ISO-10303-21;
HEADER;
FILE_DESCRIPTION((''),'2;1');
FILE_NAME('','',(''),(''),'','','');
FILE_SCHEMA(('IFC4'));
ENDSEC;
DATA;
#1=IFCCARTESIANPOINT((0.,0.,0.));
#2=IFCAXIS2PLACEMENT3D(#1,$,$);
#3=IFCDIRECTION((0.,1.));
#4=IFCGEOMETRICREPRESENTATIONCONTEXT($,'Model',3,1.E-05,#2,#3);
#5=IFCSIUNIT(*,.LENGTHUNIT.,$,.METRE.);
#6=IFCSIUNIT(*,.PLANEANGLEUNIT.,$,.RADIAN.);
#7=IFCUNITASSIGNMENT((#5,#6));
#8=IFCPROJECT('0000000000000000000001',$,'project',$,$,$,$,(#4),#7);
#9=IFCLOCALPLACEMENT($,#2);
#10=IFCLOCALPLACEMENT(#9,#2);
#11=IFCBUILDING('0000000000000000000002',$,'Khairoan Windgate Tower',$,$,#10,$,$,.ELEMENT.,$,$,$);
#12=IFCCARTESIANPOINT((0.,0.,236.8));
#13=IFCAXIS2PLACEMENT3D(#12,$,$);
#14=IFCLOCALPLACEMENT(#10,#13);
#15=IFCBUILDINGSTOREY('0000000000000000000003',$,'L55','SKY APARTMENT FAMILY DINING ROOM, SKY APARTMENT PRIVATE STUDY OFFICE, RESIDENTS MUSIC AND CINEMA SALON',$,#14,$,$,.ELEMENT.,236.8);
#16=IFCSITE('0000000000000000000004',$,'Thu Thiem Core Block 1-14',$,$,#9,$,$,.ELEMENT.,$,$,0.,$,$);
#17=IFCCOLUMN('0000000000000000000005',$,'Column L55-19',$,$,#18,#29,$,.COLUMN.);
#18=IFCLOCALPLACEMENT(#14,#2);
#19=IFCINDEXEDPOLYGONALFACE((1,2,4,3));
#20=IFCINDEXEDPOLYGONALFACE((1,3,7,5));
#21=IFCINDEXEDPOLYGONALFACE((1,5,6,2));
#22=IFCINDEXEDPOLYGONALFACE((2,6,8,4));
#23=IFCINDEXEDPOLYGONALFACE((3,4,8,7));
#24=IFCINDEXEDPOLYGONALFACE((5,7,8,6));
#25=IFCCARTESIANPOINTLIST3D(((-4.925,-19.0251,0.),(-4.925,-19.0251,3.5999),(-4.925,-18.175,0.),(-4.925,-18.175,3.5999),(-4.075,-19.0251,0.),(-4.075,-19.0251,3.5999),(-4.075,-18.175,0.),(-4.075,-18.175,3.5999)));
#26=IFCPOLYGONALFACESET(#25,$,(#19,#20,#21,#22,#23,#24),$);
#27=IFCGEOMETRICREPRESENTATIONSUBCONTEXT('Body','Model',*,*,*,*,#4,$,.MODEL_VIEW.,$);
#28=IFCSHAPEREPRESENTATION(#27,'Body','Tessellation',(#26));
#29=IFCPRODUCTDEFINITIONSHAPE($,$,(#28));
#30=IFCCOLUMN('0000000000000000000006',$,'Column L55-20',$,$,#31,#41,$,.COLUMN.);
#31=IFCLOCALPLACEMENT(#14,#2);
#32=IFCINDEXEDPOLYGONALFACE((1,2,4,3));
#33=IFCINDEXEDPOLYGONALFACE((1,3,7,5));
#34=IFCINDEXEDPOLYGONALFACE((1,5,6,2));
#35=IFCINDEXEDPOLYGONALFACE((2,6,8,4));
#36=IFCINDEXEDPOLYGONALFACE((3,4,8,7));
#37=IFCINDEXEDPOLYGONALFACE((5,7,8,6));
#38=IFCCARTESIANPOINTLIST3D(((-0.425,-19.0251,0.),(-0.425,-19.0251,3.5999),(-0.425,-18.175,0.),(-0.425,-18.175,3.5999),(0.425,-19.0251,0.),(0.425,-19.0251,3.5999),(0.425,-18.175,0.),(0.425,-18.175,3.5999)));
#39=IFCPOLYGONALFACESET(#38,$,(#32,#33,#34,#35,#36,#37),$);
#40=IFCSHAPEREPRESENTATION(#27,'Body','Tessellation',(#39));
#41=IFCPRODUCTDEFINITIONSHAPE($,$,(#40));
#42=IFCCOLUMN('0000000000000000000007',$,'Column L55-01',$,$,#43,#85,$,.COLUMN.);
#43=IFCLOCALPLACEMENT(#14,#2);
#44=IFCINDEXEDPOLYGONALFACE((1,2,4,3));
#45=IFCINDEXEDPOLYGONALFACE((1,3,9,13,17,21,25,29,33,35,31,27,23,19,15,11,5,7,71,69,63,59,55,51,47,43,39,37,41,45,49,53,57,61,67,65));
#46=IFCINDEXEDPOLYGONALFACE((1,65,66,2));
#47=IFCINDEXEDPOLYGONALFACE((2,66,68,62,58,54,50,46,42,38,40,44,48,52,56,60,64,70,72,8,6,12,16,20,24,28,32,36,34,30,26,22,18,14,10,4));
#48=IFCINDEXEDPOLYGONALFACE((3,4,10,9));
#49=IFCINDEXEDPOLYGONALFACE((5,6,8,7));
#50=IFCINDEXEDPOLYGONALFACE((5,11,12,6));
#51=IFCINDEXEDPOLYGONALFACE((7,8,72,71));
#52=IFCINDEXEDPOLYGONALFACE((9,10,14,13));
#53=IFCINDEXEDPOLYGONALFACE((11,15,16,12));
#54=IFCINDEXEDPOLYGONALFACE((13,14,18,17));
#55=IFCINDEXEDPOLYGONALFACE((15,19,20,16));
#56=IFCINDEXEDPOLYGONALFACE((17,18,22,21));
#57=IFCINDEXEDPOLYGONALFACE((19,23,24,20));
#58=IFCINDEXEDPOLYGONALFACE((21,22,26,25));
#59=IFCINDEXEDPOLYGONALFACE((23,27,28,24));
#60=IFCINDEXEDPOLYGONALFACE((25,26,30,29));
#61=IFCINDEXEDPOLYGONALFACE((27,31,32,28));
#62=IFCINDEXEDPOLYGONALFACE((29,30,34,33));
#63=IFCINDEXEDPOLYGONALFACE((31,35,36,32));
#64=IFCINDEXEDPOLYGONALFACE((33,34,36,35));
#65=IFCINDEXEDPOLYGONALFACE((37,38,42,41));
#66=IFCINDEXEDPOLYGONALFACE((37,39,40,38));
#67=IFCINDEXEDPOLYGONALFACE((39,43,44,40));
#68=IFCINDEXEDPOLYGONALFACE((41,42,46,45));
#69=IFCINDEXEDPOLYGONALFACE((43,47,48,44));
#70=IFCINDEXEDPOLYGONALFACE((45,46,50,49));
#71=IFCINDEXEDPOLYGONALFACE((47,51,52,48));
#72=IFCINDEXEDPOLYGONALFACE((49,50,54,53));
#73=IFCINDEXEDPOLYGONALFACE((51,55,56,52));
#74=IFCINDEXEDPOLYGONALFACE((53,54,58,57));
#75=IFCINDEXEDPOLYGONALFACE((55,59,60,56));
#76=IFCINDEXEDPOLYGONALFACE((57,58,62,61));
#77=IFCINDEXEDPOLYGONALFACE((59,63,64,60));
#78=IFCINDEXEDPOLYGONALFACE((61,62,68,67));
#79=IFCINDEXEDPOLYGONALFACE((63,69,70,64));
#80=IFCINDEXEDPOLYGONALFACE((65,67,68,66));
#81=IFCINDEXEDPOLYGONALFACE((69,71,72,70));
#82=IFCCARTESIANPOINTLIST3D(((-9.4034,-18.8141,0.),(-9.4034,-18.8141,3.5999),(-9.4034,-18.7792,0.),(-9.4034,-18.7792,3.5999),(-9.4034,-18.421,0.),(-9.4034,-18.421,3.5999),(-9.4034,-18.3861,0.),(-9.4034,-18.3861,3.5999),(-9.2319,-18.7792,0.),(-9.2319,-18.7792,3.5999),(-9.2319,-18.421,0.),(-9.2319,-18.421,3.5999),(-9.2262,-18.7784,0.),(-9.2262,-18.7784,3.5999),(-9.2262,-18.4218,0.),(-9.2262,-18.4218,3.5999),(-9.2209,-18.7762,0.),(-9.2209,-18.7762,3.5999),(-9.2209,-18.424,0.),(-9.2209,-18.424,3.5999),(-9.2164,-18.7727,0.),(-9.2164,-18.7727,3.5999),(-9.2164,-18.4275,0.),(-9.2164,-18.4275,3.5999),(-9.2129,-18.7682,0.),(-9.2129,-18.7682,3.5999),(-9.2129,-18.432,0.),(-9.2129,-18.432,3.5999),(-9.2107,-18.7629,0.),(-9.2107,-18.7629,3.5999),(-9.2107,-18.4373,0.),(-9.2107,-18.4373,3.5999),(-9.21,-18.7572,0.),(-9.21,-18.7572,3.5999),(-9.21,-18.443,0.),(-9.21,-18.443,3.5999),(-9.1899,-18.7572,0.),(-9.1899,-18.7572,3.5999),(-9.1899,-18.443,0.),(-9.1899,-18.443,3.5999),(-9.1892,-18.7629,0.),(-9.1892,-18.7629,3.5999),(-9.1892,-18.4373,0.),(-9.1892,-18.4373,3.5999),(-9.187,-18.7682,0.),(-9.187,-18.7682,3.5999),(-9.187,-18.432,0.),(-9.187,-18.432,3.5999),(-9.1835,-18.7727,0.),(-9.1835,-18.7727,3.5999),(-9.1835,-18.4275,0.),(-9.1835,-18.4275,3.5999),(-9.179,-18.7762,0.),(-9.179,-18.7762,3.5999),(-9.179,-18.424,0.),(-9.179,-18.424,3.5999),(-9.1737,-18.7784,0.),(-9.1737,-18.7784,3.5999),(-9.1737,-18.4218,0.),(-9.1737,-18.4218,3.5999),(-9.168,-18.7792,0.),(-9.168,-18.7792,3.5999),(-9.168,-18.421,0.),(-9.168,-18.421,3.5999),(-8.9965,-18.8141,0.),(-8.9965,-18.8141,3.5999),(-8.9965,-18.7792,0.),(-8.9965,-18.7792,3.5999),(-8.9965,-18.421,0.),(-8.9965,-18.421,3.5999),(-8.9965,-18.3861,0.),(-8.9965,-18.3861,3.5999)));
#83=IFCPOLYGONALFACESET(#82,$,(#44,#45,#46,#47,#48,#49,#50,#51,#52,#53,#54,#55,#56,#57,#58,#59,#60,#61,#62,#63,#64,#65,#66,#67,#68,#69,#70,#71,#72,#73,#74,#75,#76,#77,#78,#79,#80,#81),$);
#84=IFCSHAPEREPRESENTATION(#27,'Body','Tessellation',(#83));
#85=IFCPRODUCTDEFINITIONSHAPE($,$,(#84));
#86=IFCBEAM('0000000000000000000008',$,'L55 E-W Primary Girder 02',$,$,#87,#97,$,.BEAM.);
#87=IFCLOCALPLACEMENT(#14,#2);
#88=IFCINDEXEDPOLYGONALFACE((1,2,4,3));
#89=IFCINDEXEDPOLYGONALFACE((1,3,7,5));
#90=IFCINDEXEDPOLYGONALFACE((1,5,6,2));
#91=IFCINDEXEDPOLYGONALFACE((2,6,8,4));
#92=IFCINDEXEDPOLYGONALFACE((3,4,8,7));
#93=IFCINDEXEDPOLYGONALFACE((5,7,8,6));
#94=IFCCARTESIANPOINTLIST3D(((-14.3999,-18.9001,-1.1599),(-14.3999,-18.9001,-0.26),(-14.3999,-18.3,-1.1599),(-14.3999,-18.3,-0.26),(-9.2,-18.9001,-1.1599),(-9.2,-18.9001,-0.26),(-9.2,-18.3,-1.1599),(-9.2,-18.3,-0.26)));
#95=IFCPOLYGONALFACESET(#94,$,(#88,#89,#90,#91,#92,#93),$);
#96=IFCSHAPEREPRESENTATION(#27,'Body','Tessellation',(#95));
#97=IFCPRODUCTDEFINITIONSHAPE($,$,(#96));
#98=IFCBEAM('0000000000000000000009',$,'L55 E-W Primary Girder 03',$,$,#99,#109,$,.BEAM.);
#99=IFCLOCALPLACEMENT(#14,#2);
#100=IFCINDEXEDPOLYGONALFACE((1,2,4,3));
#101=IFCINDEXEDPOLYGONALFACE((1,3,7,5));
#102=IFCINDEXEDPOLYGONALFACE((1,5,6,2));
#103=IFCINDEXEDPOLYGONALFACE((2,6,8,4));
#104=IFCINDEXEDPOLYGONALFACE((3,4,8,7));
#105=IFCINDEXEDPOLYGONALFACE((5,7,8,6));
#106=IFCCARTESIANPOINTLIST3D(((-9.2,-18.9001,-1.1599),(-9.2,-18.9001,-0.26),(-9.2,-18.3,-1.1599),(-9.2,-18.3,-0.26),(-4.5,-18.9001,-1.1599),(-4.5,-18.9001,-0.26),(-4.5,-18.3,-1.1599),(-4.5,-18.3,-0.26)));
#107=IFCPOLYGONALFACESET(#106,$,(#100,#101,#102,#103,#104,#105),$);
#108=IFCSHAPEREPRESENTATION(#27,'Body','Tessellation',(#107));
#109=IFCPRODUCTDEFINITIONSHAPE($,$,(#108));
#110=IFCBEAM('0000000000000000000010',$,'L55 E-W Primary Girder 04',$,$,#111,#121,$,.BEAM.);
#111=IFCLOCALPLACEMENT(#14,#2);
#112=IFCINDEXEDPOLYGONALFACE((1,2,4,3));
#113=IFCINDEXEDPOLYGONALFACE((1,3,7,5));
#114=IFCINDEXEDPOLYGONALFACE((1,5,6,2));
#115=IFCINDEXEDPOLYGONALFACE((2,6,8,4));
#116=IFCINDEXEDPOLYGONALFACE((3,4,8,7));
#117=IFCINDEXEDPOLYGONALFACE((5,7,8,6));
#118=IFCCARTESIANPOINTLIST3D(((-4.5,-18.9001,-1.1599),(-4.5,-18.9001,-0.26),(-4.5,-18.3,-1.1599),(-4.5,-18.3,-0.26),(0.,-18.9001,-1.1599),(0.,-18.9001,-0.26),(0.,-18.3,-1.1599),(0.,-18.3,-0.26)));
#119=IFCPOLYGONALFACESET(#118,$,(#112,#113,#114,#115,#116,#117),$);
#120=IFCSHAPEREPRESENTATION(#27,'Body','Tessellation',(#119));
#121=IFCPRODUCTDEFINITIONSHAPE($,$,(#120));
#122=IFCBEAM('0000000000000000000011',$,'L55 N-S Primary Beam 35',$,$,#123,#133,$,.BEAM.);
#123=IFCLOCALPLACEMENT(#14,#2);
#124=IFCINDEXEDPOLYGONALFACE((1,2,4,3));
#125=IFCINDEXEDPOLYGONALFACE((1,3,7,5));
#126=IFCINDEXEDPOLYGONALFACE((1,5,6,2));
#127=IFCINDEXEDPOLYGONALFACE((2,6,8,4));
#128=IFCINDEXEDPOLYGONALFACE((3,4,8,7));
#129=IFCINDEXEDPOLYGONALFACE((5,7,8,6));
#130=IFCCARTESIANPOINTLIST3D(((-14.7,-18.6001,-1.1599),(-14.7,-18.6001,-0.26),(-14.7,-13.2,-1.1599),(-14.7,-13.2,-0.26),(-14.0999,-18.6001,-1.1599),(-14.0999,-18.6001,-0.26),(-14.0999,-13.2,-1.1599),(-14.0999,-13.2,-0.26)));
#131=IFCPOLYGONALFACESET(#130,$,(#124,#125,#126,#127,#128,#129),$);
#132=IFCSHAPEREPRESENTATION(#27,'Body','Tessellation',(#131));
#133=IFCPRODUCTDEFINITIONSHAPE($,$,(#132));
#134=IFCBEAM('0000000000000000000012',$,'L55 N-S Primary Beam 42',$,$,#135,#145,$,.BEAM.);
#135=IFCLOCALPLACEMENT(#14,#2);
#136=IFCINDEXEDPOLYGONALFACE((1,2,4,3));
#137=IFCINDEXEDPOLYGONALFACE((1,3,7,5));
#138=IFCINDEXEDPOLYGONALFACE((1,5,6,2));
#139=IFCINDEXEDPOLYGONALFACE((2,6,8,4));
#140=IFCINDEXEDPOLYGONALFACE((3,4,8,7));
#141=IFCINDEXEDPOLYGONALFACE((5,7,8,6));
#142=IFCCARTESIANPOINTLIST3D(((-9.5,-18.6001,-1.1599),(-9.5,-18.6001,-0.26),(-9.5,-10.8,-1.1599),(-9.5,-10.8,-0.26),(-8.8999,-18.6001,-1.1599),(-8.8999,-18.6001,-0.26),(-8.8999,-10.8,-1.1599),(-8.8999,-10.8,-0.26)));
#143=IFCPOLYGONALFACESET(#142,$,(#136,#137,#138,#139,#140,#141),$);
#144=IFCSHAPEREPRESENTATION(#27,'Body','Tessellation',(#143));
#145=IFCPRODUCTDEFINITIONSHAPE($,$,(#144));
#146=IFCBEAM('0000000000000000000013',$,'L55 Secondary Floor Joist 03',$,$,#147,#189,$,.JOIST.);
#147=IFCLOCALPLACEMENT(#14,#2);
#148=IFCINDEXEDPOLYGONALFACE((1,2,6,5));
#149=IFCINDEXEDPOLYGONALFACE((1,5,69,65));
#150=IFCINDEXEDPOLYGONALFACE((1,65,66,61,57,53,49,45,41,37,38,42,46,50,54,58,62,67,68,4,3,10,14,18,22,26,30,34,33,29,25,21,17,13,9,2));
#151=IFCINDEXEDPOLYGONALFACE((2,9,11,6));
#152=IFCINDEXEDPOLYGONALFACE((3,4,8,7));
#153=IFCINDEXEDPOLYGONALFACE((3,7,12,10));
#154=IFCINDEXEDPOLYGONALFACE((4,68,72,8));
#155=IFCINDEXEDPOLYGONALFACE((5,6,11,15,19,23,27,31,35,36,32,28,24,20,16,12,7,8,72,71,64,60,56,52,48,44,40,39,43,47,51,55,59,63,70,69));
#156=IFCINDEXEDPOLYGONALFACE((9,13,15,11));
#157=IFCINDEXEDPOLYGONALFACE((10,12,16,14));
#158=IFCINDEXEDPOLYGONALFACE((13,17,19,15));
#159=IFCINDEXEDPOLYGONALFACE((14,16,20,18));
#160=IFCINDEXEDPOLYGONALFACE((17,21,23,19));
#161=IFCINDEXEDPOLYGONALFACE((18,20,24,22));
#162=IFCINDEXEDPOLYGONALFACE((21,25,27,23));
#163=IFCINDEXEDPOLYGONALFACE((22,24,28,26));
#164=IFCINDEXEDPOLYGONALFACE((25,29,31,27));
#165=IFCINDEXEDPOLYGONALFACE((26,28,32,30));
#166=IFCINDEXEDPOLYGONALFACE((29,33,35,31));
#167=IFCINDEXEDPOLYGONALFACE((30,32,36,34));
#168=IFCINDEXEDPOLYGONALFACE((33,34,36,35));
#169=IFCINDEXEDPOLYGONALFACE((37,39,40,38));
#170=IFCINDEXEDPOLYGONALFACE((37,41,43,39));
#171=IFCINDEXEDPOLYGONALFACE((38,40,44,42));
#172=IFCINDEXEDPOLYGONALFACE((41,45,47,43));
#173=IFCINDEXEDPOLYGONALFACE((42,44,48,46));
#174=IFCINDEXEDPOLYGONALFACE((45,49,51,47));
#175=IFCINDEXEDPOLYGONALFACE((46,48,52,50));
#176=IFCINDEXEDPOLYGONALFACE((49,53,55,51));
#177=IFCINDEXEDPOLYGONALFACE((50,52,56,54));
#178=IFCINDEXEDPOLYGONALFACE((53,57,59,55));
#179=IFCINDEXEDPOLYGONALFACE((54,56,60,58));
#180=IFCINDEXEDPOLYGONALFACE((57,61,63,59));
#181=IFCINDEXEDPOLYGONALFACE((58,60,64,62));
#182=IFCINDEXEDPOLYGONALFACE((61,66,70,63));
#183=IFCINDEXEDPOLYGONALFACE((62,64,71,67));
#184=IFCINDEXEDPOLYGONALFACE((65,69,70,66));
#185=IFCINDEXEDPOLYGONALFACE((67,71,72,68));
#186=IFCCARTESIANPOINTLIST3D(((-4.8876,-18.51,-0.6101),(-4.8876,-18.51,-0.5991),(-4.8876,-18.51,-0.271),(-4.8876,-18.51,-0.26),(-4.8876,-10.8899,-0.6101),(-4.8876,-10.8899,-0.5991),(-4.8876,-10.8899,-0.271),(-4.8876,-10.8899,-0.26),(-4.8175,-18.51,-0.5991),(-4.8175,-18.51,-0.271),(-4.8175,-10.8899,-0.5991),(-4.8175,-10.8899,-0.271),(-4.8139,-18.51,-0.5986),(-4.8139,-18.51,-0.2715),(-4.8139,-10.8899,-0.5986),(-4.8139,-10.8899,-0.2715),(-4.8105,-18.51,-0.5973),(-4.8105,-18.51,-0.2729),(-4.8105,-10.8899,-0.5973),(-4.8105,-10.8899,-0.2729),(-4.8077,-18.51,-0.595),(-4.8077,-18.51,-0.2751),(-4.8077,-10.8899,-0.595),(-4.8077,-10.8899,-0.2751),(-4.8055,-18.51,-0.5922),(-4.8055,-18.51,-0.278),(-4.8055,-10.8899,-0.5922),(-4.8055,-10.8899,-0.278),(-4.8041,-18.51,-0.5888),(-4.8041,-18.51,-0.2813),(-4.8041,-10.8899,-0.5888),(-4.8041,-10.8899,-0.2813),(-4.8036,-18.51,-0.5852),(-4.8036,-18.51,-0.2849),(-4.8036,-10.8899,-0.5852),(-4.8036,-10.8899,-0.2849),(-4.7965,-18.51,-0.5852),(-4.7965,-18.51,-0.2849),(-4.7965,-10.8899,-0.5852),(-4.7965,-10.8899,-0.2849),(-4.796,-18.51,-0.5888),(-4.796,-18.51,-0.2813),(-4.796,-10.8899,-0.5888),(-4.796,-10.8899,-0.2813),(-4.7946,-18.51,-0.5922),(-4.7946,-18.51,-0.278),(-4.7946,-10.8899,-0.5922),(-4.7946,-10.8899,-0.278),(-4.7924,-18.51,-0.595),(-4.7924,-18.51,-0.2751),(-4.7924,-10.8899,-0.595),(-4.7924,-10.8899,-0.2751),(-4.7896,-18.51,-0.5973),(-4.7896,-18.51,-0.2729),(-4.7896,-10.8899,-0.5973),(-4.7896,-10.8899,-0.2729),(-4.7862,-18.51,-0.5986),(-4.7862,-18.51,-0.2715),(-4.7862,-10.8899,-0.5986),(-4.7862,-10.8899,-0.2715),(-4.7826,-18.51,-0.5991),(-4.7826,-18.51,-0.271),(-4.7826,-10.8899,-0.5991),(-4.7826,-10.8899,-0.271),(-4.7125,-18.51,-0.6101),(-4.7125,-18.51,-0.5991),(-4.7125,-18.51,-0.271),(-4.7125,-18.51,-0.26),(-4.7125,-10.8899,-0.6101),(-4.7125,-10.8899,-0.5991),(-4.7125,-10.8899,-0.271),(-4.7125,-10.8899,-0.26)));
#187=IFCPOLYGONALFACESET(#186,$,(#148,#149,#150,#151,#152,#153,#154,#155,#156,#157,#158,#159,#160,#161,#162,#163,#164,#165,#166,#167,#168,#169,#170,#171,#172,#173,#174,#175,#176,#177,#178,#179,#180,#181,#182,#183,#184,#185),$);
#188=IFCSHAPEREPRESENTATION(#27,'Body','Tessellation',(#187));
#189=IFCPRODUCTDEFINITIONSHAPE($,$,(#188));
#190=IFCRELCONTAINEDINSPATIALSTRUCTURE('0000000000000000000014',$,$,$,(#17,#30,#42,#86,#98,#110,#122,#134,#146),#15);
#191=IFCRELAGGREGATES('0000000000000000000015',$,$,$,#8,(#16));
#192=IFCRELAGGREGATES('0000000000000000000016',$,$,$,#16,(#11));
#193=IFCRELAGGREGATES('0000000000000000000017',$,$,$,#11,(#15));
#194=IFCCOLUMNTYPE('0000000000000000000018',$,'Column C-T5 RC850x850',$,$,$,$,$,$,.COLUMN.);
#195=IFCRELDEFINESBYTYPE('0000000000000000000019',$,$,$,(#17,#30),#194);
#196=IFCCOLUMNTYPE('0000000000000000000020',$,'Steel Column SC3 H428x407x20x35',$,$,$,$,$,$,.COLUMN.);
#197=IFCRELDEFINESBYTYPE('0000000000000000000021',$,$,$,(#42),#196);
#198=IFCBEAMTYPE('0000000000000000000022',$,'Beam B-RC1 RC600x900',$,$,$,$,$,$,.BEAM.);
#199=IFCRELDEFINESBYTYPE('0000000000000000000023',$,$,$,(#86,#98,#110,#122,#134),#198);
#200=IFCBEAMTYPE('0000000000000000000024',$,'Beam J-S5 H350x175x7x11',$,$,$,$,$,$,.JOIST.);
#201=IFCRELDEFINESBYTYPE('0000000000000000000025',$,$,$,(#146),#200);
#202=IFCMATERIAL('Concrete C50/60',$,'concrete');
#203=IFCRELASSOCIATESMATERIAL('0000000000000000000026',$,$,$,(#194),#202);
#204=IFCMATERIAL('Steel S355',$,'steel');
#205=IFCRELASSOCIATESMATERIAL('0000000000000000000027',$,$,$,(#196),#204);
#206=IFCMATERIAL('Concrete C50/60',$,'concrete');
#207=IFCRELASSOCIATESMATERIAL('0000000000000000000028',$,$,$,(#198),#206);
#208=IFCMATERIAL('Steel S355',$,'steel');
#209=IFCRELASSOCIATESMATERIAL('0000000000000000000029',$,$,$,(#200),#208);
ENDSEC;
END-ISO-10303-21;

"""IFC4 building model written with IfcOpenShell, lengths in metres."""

from ifc_helpers import new_model, si_unit, direction, frame, origin, origin_2d, place, context, subcontext, project, spatial, rectangle, i_section, extrude, material, material_profile, profile_set, type_object, element, save


model = new_model("IFC4")

# Units and contexts
model_context = context("Model", 3, precision=1e-05, world=origin(), true_north=direction((0.0, 1.0)))
body_context = subcontext(model_context, "Body", "Model", "MODEL_VIEW")
ifc_project = project(units=[si_unit("LENGTHUNIT", "METRE"), si_unit("PLANEANGLEUNIT", "RADIAN")], contexts=[model_context])

# Site, building, storey
site_placement = place(None, origin())
site = spatial("IfcSite", under=ifc_project, at=site_placement, Name="Thu Thiem Core Block 1-14", CompositionType="ELEMENT", RefElevation=0.0)
building_placement = place(site_placement, origin())
building = spatial("IfcBuilding", under=site, at=building_placement, Name="Khairoan Windgate Tower", CompositionType="ELEMENT")
storey_placement = place(building_placement, frame((0.0, 0.0, 236.8)))
storey = spatial("IfcBuildingStorey", under=building, at=storey_placement, Name="L55", Description="SKY APARTMENT FAMILY DINING ROOM, SKY APARTMENT PRIVATE STUDY OFFICE, RESIDENTS MUSIC AND CINEMA SALON", CompositionType="ELEMENT", Elevation=236.8)

# Columns
ifc_material_1 = material(Name="Concrete C50/60", Category="concrete")
ifc_material_profile_1 = material_profile(ifc_material_1, rectangle(XDim=0.8501, YDim=0.8501, at=origin_2d()))
ifc_profile_set_1 = profile_set([ifc_material_profile_1], Name="Concrete C50/60")
column_type_1 = type_object("IfcColumnType", Name="Column C-T5 RC850x850", PredefinedType="COLUMN", material=ifc_profile_set_1)
for number, where, z_axis, x_axis, name in (
    (1, (-4.5, -18.6001, 0.0), (0.0, 0.0, 1.0), (1.0, 0.0, 0.0), "Column L55-19"),
    (2, (0.0, -18.6001, 0.0), (0.0, 0.0, 1.0), (1.0, 0.0, 0.0), "Column L55-20"),
):
    element("IfcColumn", number, at=place(storey_placement, frame(where, z_axis=z_axis, x_axis=x_axis)), inside=storey, type_object=column_type_1, Name=name, PredefinedType="COLUMN", context=body_context, shape_type="SweptSolid", body=[
        extrude(rectangle(XDim=0.8501, YDim=0.8501, at=origin_2d()), origin(), (0.0, 0.0, 1.0), 3.5999),
    ])
ifc_material_2 = material(Name="Steel S355", Category="steel")
ifc_material_profile_2 = material_profile(ifc_material_2, i_section(OverallWidth=0.407, OverallDepth=0.428, WebThickness=0.02, FlangeThickness=0.0349, FilletRadius=0.022, at=origin_2d()))
ifc_profile_set_2 = profile_set([ifc_material_profile_2], Name="Steel S355")
column_type_2 = type_object("IfcColumnType", Name="Steel Column SC3 H428x407x20x35", PredefinedType="COLUMN", material=ifc_profile_set_2)
column_placement = place(storey_placement, frame((-9.2, -18.6001, 0.0), z_axis=(0.0, 0.0, 1.0), x_axis=(1.0, 0.0, 0.0)))
element("IfcColumn", 3, at=column_placement, inside=storey, type_object=column_type_2, Name="Column L55-01", PredefinedType="COLUMN", context=body_context, shape_type="SweptSolid", body=[
    extrude(i_section(OverallWidth=0.407, OverallDepth=0.428, WebThickness=0.02, FlangeThickness=0.0349, FilletRadius=0.022, at=origin_2d()), origin(), (0.0, 0.0, 1.0), 3.5999),
])

# Beams
ifc_material_3 = material(Name="Concrete C50/60", Category="concrete")
ifc_material_profile_3 = material_profile(ifc_material_3, rectangle(XDim=0.6001, YDim=0.8999, at=origin_2d()))
ifc_profile_set_3 = profile_set([ifc_material_profile_3], Name="Concrete C50/60")
beam_type_1 = type_object("IfcBeamType", Name="Beam B-RC1 RC600x900", PredefinedType="BEAM", material=ifc_profile_set_3)
beam_1_placement = place(storey_placement, frame((-14.3999, -18.6001, -0.71), z_axis=(1.0, 0.0, 0.0), x_axis=(0.0, 1.0, 0.0)))
element("IfcBeam", 4, at=beam_1_placement, inside=storey, type_object=beam_type_1, Name="L55 E-W Primary Girder 02", PredefinedType="BEAM", context=body_context, shape_type="SweptSolid", body=[
    extrude(rectangle(XDim=0.6001, YDim=0.8999, at=origin_2d()), origin(), (0.0, 0.0, 1.0), 5.2),
])
beam_2_placement = place(storey_placement, frame((-9.2, -18.6001, -0.71), z_axis=(1.0, 0.0, 0.0), x_axis=(0.0, 1.0, 0.0)))
element("IfcBeam", 5, at=beam_2_placement, inside=storey, type_object=beam_type_1, Name="L55 E-W Primary Girder 03", PredefinedType="BEAM", context=body_context, shape_type="SweptSolid", body=[
    extrude(rectangle(XDim=0.6001, YDim=0.8999, at=origin_2d()), origin(), (0.0, 0.0, 1.0), 4.7),
])
beam_3_placement = place(storey_placement, frame((-4.5, -18.6001, -0.71), z_axis=(1.0, 0.0, 0.0), x_axis=(0.0, 1.0, 0.0)))
element("IfcBeam", 6, at=beam_3_placement, inside=storey, type_object=beam_type_1, Name="L55 E-W Primary Girder 04", PredefinedType="BEAM", context=body_context, shape_type="SweptSolid", body=[
    extrude(rectangle(XDim=0.6001, YDim=0.8999, at=origin_2d()), origin(), (0.0, 0.0, 1.0), 4.5),
])
beam_4_placement = place(storey_placement, frame((-14.3999, -18.6001, -0.71), z_axis=(0.0, 1.0, 0.0), x_axis=(-1.0, 0.0, 0.0)))
element("IfcBeam", 7, at=beam_4_placement, inside=storey, type_object=beam_type_1, Name="L55 N-S Primary Beam 35", PredefinedType="BEAM", context=body_context, shape_type="SweptSolid", body=[
    extrude(rectangle(XDim=0.6001, YDim=0.8999, at=origin_2d()), origin(), (0.0, 0.0, 1.0), 5.4001),
])
beam_5_placement = place(storey_placement, frame((-9.2, -18.6001, -0.71), z_axis=(0.0, 1.0, 0.0), x_axis=(-1.0, 0.0, 0.0)))
element("IfcBeam", 8, at=beam_5_placement, inside=storey, type_object=beam_type_1, Name="L55 N-S Primary Beam 42", PredefinedType="BEAM", context=body_context, shape_type="SweptSolid", body=[
    extrude(rectangle(XDim=0.6001, YDim=0.8999, at=origin_2d()), origin(), (0.0, 0.0, 1.0), 7.8),
])
ifc_material_4 = material(Name="Steel S355", Category="steel")
ifc_material_profile_4 = material_profile(ifc_material_4, i_section(OverallWidth=0.175, OverallDepth=0.3501, WebThickness=0.0071, FlangeThickness=0.011, FilletRadius=0.0139, at=origin_2d()))
ifc_profile_set_4 = profile_set([ifc_material_profile_4], Name="Steel S355")
beam_type_2 = type_object("IfcBeamType", Name="Beam J-S5 H350x175x7x11", PredefinedType="JOIST", material=ifc_profile_set_4)
beam_6_placement = place(storey_placement, frame((-4.8, -18.51, -0.4351), z_axis=(0.0, 1.0, 0.0), x_axis=(-1.0, 0.0, 0.0)))
element("IfcBeam", 9, at=beam_6_placement, inside=storey, type_object=beam_type_2, Name="L55 Secondary Floor Joist 03", PredefinedType="JOIST", context=body_context, shape_type="SweptSolid", body=[
    extrude(i_section(OverallWidth=0.175, OverallDepth=0.3501, WebThickness=0.0071, FlangeThickness=0.011, FilletRadius=0.0139, at=origin_2d()), origin(), (0.0, 0.0, 1.0), 7.6201),
])

save(model, "model.ifc")
